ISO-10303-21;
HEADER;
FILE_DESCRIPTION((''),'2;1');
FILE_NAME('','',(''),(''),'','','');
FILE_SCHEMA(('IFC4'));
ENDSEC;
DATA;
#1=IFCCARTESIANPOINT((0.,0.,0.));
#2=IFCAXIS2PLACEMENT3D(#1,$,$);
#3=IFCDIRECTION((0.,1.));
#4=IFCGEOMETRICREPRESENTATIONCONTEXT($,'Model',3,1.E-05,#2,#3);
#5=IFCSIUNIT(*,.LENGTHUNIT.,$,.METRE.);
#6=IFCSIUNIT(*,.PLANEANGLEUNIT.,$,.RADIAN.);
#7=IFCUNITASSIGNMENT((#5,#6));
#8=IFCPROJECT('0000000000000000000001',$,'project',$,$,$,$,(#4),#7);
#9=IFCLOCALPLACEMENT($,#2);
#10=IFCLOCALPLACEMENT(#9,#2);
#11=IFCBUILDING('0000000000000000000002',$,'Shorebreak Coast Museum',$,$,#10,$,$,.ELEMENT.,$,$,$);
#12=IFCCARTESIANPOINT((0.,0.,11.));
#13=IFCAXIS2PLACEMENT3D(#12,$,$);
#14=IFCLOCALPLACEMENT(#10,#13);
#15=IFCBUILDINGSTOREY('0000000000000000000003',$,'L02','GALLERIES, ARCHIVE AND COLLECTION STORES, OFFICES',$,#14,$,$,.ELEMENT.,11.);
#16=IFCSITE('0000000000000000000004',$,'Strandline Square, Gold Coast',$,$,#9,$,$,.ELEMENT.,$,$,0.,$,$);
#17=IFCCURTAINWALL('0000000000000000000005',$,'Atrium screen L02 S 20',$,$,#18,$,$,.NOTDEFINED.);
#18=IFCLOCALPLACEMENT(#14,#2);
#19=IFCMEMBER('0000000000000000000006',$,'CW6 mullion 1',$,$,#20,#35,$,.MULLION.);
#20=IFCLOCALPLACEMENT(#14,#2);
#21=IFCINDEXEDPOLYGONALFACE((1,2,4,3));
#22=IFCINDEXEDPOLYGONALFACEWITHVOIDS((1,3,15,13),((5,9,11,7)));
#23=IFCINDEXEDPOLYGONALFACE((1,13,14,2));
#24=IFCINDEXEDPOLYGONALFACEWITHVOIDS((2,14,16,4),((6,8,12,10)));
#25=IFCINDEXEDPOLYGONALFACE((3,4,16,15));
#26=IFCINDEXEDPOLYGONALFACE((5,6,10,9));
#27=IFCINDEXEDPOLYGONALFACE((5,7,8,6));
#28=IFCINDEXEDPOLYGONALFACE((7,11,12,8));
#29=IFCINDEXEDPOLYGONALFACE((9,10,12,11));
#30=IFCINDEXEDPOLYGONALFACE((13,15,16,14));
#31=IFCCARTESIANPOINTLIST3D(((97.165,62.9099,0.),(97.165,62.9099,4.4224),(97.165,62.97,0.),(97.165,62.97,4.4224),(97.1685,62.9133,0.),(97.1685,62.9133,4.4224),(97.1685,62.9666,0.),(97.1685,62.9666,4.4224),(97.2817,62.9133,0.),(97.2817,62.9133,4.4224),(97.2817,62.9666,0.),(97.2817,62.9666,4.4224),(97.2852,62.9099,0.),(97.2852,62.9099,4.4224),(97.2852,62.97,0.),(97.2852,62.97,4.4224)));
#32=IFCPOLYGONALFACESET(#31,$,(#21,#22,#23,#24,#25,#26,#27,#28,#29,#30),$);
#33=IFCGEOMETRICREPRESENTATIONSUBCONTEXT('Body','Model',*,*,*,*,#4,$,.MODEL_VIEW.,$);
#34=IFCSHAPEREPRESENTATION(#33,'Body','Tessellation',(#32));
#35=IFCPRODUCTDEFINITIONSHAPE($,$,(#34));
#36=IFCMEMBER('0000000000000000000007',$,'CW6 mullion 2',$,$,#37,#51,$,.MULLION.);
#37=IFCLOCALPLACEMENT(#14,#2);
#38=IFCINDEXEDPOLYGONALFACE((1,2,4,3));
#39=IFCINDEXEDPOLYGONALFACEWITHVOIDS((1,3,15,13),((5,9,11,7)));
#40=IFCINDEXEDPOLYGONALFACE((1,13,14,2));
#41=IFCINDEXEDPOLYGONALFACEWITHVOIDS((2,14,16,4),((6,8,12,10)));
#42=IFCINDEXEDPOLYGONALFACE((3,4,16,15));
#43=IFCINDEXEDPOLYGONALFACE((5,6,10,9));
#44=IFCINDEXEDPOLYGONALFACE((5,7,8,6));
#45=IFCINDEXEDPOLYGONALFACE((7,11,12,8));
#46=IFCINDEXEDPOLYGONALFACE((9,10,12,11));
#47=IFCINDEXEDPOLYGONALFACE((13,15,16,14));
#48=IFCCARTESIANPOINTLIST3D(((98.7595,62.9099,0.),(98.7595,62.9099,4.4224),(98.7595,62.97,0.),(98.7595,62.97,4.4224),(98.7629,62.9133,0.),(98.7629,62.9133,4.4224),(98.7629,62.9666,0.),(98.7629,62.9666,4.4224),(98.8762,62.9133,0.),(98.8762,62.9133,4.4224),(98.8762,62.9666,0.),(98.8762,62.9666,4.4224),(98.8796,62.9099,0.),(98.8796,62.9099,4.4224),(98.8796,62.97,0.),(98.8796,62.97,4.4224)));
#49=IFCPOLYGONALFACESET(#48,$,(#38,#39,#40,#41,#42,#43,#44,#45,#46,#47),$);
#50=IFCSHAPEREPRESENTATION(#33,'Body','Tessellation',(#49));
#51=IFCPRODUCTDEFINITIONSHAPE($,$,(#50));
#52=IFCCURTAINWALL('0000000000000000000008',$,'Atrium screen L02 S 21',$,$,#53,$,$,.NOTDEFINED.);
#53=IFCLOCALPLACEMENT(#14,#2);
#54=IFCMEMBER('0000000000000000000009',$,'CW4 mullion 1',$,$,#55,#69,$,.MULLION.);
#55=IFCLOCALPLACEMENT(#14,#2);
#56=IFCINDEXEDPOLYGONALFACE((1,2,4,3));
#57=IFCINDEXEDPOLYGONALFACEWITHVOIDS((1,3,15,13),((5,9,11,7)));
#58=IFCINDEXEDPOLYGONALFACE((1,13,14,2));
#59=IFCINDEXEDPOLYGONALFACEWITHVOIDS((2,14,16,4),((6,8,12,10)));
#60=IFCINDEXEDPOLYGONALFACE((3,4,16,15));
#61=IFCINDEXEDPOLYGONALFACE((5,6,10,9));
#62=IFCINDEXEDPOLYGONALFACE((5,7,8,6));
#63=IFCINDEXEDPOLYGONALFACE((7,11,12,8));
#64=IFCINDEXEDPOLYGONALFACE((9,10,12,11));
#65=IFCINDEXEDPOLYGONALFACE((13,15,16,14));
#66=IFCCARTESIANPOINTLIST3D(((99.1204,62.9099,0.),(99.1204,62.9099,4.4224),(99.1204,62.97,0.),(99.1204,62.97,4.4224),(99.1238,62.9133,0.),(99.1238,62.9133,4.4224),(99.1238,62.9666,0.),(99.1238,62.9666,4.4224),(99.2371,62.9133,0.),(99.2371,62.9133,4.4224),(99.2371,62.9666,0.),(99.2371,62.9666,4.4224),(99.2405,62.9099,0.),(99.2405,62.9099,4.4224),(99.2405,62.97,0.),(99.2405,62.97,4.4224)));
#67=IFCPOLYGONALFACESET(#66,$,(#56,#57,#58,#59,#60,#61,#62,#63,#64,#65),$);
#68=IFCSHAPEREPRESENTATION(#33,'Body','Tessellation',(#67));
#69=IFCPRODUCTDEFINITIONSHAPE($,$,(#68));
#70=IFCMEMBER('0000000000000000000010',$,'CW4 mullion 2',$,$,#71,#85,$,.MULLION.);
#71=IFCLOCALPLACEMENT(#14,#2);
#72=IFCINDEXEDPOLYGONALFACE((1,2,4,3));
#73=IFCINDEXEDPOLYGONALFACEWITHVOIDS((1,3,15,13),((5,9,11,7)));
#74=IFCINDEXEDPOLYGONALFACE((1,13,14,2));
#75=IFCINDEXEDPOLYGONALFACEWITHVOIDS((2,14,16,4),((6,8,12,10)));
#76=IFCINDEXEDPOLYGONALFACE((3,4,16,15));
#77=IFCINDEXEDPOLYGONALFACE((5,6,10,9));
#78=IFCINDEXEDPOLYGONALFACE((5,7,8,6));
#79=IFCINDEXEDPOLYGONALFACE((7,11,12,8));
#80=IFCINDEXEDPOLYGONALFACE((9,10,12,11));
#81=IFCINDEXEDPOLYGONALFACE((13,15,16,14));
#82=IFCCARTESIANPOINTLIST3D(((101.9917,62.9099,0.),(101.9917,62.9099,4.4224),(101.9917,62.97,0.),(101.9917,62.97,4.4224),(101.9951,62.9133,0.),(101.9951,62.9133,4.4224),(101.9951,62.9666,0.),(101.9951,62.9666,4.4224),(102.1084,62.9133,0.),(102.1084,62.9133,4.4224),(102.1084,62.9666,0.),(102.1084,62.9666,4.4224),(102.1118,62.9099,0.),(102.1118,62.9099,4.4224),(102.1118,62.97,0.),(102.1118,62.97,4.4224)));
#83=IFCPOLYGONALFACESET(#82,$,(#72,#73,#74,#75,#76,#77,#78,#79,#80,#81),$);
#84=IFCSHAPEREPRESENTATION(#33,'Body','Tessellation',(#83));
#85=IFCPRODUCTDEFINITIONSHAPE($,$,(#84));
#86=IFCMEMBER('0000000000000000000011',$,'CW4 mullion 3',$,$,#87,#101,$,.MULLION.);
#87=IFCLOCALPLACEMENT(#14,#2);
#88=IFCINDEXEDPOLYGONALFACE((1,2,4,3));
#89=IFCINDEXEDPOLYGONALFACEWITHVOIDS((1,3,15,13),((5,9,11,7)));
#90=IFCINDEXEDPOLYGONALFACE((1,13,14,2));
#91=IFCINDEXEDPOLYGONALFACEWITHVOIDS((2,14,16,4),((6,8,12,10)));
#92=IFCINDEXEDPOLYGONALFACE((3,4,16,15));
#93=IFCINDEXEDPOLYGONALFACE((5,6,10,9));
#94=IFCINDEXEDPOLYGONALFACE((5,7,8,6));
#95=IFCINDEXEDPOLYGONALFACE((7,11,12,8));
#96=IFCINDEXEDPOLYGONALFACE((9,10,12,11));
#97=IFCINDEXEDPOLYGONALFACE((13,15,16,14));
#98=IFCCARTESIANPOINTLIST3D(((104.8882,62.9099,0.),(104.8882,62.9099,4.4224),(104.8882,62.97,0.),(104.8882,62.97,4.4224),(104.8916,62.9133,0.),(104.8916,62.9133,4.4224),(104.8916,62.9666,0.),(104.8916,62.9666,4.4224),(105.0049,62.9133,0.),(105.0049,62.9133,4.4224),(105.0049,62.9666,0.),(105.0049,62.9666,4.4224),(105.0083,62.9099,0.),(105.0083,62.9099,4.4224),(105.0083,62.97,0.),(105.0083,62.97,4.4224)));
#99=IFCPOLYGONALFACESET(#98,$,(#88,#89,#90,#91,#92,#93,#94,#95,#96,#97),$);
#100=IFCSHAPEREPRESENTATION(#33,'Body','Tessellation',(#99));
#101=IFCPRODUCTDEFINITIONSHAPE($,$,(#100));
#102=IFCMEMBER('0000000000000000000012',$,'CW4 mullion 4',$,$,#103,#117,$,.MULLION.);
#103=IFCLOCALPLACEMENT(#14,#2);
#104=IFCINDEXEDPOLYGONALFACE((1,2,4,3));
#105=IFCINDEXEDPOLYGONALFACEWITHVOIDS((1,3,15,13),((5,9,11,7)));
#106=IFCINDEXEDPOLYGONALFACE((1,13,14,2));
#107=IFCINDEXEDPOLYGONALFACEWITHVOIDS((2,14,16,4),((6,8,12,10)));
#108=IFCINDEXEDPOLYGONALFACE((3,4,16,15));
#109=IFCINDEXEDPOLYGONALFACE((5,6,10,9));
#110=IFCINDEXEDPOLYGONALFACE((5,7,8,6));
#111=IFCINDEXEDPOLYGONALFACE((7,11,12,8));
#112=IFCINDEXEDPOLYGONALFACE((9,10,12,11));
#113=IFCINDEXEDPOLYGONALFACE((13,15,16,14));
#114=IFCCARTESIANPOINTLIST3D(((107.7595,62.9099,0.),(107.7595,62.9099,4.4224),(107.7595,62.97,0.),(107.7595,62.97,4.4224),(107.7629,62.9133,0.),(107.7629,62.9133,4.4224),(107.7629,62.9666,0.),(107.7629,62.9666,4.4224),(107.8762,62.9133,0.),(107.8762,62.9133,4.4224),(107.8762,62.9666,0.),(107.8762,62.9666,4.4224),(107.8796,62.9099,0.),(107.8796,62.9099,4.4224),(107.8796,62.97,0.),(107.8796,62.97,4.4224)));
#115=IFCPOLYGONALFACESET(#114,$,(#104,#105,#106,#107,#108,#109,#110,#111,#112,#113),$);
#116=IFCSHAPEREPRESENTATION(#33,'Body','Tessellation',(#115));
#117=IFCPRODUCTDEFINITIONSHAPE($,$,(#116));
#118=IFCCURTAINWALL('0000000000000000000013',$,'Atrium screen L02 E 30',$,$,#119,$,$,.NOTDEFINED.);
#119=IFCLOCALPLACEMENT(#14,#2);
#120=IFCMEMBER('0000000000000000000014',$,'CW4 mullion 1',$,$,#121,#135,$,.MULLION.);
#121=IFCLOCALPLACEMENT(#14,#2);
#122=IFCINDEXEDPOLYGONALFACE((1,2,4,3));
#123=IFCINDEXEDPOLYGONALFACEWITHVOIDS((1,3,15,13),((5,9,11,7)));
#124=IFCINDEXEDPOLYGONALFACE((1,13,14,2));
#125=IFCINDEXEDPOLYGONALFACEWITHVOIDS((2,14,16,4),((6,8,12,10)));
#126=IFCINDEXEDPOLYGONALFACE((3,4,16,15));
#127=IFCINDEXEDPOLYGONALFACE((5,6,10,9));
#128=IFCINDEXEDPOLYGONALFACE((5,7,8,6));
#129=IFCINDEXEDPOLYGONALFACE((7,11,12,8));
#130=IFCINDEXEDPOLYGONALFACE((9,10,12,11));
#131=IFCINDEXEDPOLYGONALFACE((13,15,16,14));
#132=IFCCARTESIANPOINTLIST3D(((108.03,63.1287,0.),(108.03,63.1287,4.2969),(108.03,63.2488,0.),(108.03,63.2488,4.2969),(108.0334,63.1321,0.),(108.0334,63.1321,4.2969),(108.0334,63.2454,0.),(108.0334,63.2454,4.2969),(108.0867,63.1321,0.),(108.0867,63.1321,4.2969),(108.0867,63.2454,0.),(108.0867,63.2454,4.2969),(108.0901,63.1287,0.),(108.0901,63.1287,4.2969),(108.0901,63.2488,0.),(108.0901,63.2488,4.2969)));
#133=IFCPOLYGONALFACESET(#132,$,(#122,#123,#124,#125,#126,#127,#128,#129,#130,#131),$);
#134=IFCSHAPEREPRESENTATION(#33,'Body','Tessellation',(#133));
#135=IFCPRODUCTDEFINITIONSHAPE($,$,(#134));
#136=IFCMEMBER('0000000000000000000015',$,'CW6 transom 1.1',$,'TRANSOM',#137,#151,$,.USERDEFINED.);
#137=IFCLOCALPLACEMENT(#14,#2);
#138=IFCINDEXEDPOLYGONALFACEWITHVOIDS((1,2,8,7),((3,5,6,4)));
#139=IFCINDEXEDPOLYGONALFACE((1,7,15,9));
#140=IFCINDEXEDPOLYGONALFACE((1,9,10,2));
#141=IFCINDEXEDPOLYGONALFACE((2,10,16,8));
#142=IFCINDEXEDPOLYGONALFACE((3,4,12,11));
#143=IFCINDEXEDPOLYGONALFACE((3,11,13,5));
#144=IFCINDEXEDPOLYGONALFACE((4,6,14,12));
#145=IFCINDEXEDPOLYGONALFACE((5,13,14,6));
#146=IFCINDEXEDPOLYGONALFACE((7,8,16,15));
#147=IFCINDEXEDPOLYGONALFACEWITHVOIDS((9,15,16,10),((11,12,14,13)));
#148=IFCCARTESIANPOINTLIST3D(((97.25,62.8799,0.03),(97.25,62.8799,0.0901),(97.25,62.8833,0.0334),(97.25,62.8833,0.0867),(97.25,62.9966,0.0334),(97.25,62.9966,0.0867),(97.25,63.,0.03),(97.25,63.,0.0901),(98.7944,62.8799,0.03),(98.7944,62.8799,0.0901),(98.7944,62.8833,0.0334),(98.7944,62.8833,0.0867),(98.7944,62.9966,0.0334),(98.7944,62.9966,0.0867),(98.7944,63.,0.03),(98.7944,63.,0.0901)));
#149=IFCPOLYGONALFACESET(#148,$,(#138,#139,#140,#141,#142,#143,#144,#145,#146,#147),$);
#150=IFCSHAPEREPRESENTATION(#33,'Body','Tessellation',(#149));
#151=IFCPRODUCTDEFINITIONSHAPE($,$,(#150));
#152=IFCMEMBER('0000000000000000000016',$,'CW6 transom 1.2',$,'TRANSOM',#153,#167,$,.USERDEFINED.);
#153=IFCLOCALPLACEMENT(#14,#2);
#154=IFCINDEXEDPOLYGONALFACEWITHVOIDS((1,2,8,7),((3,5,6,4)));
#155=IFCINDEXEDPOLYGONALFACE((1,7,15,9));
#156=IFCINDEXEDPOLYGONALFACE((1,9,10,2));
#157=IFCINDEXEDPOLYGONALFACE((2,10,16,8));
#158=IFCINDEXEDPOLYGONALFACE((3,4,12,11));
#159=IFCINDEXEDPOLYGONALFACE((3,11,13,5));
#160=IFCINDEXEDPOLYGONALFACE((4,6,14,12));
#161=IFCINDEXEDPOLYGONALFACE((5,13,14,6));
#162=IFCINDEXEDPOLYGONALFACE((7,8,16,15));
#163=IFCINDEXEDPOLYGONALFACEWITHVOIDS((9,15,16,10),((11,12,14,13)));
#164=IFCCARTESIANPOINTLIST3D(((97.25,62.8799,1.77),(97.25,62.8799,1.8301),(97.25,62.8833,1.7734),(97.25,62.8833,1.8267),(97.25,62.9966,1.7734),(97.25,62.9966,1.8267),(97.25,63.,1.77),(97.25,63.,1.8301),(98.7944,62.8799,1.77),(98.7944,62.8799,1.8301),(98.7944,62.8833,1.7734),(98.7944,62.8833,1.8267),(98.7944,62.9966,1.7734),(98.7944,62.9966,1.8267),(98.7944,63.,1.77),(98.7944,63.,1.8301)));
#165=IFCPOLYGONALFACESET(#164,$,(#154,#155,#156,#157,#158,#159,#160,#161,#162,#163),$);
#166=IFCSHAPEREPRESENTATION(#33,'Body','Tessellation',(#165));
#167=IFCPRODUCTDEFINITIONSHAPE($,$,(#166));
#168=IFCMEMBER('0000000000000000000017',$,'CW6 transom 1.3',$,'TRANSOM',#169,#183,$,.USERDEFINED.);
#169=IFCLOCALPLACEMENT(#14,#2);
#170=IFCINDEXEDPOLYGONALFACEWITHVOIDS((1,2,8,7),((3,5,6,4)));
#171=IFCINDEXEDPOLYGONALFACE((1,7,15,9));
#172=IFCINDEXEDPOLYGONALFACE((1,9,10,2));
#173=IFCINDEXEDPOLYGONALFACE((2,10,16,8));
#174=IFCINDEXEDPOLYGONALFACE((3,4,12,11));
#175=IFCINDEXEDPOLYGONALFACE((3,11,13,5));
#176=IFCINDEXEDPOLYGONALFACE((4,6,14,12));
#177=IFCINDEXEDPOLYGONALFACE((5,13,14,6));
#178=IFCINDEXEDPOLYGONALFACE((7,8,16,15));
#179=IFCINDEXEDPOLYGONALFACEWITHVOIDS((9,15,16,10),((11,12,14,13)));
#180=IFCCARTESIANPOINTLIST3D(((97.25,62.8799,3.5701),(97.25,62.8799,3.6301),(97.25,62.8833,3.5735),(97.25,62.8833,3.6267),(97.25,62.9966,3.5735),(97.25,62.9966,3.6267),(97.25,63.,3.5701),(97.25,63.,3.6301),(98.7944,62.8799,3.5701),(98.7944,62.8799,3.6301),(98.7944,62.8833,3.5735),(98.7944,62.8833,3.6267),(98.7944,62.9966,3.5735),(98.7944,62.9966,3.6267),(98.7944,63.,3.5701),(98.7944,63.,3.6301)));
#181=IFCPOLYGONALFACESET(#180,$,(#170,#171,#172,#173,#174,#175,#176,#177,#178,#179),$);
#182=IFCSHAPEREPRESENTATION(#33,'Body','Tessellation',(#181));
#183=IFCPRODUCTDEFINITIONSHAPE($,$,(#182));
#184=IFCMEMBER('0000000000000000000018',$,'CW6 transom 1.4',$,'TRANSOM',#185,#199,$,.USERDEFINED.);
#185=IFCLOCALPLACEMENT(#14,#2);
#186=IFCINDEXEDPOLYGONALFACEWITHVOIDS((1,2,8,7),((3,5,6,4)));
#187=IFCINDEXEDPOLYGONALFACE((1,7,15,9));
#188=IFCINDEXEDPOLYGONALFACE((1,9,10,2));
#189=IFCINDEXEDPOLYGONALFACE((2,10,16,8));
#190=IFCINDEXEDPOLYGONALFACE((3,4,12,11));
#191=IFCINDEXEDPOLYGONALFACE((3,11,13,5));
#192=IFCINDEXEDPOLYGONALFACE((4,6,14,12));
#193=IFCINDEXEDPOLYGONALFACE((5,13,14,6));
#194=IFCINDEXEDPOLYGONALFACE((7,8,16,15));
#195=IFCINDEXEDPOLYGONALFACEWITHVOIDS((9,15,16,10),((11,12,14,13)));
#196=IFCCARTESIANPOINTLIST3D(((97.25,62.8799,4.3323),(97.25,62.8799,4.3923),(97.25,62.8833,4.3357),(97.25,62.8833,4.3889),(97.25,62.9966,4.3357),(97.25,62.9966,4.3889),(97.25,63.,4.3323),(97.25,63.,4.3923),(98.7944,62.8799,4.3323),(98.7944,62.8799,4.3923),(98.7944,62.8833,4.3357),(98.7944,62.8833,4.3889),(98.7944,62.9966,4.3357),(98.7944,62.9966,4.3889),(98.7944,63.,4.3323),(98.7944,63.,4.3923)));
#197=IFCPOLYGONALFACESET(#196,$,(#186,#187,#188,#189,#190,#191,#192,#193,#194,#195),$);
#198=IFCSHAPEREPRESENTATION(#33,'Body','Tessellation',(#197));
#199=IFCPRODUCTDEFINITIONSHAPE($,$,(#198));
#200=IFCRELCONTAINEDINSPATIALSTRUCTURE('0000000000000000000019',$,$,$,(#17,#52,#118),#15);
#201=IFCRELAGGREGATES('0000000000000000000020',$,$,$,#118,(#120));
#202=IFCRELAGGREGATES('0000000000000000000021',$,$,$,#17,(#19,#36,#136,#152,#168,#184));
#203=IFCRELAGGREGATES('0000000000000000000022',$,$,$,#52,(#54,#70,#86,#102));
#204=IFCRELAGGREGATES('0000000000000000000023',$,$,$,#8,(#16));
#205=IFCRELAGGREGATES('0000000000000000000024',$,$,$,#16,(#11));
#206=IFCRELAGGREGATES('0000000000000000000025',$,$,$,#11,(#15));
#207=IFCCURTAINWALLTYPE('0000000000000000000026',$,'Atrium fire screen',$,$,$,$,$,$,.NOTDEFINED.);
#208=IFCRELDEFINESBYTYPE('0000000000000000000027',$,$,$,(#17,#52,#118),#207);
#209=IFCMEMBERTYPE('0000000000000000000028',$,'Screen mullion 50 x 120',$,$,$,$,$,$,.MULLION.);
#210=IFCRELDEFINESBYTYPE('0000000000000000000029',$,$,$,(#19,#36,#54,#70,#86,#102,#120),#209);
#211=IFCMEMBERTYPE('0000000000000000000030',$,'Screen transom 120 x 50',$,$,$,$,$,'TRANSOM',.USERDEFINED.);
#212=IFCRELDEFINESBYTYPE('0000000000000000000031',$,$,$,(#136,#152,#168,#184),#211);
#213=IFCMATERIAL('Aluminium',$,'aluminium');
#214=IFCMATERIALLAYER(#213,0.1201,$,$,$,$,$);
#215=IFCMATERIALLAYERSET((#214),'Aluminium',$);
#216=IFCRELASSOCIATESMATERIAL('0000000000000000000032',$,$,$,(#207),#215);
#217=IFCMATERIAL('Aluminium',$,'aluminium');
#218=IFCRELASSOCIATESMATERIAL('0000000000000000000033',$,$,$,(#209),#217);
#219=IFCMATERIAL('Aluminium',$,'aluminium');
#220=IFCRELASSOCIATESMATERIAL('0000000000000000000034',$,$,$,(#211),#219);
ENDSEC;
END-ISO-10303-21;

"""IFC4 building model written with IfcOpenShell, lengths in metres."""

from ifc_helpers import new_model, si_unit, direction, frame, origin, origin_2d, place, context, subcontext, project, spatial, hollow_rectangle, extrude, material, layer, layer_set, material_profile, profile_set, type_object, element, aggregate, save


model = new_model("IFC4")

# Units and contexts
model_context = context("Model", 3, precision=1e-05, world=origin(), true_north=direction((0.0, 1.0)))
body_context = subcontext(model_context, "Body", "Model", "MODEL_VIEW")
ifc_project = project(units=[si_unit("LENGTHUNIT", "METRE"), si_unit("PLANEANGLEUNIT", "RADIAN")], contexts=[model_context])

# Site, building, storey
site_placement = place(None, origin())
site = spatial("IfcSite", under=ifc_project, at=site_placement, Name="Strandline Square, Gold Coast", CompositionType="ELEMENT", RefElevation=0.0)
building_placement = place(site_placement, origin())
building = spatial("IfcBuilding", under=site, at=building_placement, Name="Shorebreak Coast Museum", CompositionType="ELEMENT")
storey_placement = place(building_placement, frame((0.0, 0.0, 11.0)))
storey = spatial("IfcBuildingStorey", under=building, at=storey_placement, Name="L02", Description="GALLERIES, ARCHIVE AND COLLECTION STORES, OFFICES", CompositionType="ELEMENT", Elevation=11.0)

# Curtain walls, members
ifc_material_1 = material(Name="Aluminium", Category="aluminium")
ifc_layer_1 = layer(ifc_material_1, 0.1201)
ifc_layer_set_1 = layer_set([ifc_layer_1], Name="Aluminium")
curtain_wall_type = type_object("IfcCurtainWallType", Name="Atrium fire screen", PredefinedType="NOTDEFINED", material=ifc_layer_set_1)
curtain_wall_1_placement = place(storey_placement, origin())
curtain_wall_1 = element("IfcCurtainWall", 1, at=curtain_wall_1_placement, inside=storey, type_object=curtain_wall_type, Name="Atrium screen L02 S 20", PredefinedType="NOTDEFINED")
ifc_material_2 = material(Name="Aluminium", Category="aluminium")
ifc_material_profile_1 = material_profile(ifc_material_2, hollow_rectangle(XDim=0.0601, YDim=0.1201, WallThickness=0.0034, at=origin_2d()), Name="AL 120x60 RHS")
ifc_profile_set_1 = profile_set([ifc_material_profile_1], Name="Aluminium")
member_type_1 = type_object("IfcMemberType", Name="Screen mullion 50 x 120", PredefinedType="MULLION", material=ifc_profile_set_1)
member_1_placement = place(storey_placement, frame((97.2251, 62.9399, 0.0), z_axis=(0.0, 0.0, 1.0), x_axis=(0.0, 1.0, 0.0)))
member_1 = element("IfcMember", 2, at=member_1_placement, type_object=member_type_1, Name="CW6 mullion 1", PredefinedType="MULLION", context=body_context, shape_type="SweptSolid", body=[
    extrude(hollow_rectangle(XDim=0.0601, YDim=0.1201, WallThickness=0.0034, at=origin_2d()), origin(), (0.0, 0.0, 1.0), 4.4224),
])
member_2_placement = place(storey_placement, frame((98.8196, 62.9399, 0.0), z_axis=(0.0, 0.0, 1.0), x_axis=(0.0, 1.0, 0.0)))
member_2 = element("IfcMember", 3, at=member_2_placement, type_object=member_type_1, Name="CW6 mullion 2", PredefinedType="MULLION", context=body_context, shape_type="SweptSolid", body=[
    extrude(hollow_rectangle(XDim=0.0601, YDim=0.1201, WallThickness=0.0034, at=origin_2d()), origin(), (0.0, 0.0, 1.0), 4.4224),
])
curtain_wall_2_placement = place(storey_placement, origin())
curtain_wall_2 = element("IfcCurtainWall", 4, at=curtain_wall_2_placement, inside=storey, type_object=curtain_wall_type, Name="Atrium screen L02 S 21", PredefinedType="NOTDEFINED")
member_3_placement = place(storey_placement, frame((99.1804, 62.9399, 0.0), z_axis=(0.0, 0.0, 1.0), x_axis=(0.0, 1.0, 0.0)))
member_3 = element("IfcMember", 5, at=member_3_placement, type_object=member_type_1, Name="CW4 mullion 1", PredefinedType="MULLION", context=body_context, shape_type="SweptSolid", body=[
    extrude(hollow_rectangle(XDim=0.0601, YDim=0.1201, WallThickness=0.0034, at=origin_2d()), origin(), (0.0, 0.0, 1.0), 4.4224),
])
member_4_placement = place(storey_placement, frame((102.0518, 62.9399, 0.0), z_axis=(0.0, 0.0, 1.0), x_axis=(0.0, 1.0, 0.0)))
member_4 = element("IfcMember", 6, at=member_4_placement, type_object=member_type_1, Name="CW4 mullion 2", PredefinedType="MULLION", context=body_context, shape_type="SweptSolid", body=[
    extrude(hollow_rectangle(XDim=0.0601, YDim=0.1201, WallThickness=0.0034, at=origin_2d()), origin(), (0.0, 0.0, 1.0), 4.4224),
])
member_5_placement = place(storey_placement, frame((104.9482, 62.9399, 0.0), z_axis=(0.0, 0.0, 1.0), x_axis=(0.0, 1.0, 0.0)))
member_5 = element("IfcMember", 7, at=member_5_placement, type_object=member_type_1, Name="CW4 mullion 3", PredefinedType="MULLION", context=body_context, shape_type="SweptSolid", body=[
    extrude(hollow_rectangle(XDim=0.0601, YDim=0.1201, WallThickness=0.0034, at=origin_2d()), origin(), (0.0, 0.0, 1.0), 4.4224),
])
member_6_placement = place(storey_placement, frame((107.8196, 62.9399, 0.0), z_axis=(0.0, 0.0, 1.0), x_axis=(0.0, 1.0, 0.0)))
member_6 = element("IfcMember", 8, at=member_6_placement, type_object=member_type_1, Name="CW4 mullion 4", PredefinedType="MULLION", context=body_context, shape_type="SweptSolid", body=[
    extrude(hollow_rectangle(XDim=0.0601, YDim=0.1201, WallThickness=0.0034, at=origin_2d()), origin(), (0.0, 0.0, 1.0), 4.4224),
])

# Curtain wall, member
curtain_wall_3_placement = place(storey_placement, origin())
curtain_wall_3 = element("IfcCurtainWall", 9, at=curtain_wall_3_placement, inside=storey, type_object=curtain_wall_type, Name="Atrium screen L02 E 30", PredefinedType="NOTDEFINED")
member_7_placement = place(storey_placement, frame((108.0601, 63.1887, 0.0), z_axis=(0.0, 0.0, 1.0), x_axis=(-1.0, 0.0, 0.0)))
member_7 = element("IfcMember", 10, at=member_7_placement, type_object=member_type_1, Name="CW4 mullion 1", PredefinedType="MULLION", context=body_context, shape_type="SweptSolid", body=[
    extrude(hollow_rectangle(XDim=0.0601, YDim=0.1201, WallThickness=0.0034, at=origin_2d()), origin(), (0.0, 0.0, 1.0), 4.2969),
])
aggregate(curtain_wall_3, [member_7])

# Members
ifc_material_3 = material(Name="Aluminium", Category="aluminium")
ifc_material_profile_2 = material_profile(ifc_material_3, hollow_rectangle(XDim=0.1201, YDim=0.0601, WallThickness=0.0034, at=origin_2d()), Name="AL 60x120 RHS")
ifc_profile_set_2 = profile_set([ifc_material_profile_2], Name="Aluminium")
member_type_2 = type_object("IfcMemberType", Name="Screen transom 120 x 50", ElementType="TRANSOM", PredefinedType="USERDEFINED", material=ifc_profile_set_2)
member_8_placement = place(storey_placement, frame((97.25, 62.9399, 0.0601), z_axis=(1.0, 0.0, 0.0), x_axis=(0.0, 1.0, 0.0)))
member_8 = element("IfcMember", 11, at=member_8_placement, type_object=member_type_2, Name="CW6 transom 1.1", ObjectType="TRANSOM", PredefinedType="USERDEFINED", context=body_context, shape_type="SweptSolid", body=[
    extrude(hollow_rectangle(XDim=0.1201, YDim=0.0601, WallThickness=0.0034, at=origin_2d()), origin(), (0.0, 0.0, 1.0), 1.5444),
])
member_9_placement = place(storey_placement, frame((97.25, 62.9399, 1.8), z_axis=(1.0, 0.0, 0.0), x_axis=(0.0, 1.0, 0.0)))
member_9 = element("IfcMember", 12, at=member_9_placement, type_object=member_type_2, Name="CW6 transom 1.2", ObjectType="TRANSOM", PredefinedType="USERDEFINED", context=body_context, shape_type="SweptSolid", body=[
    extrude(hollow_rectangle(XDim=0.1201, YDim=0.0601, WallThickness=0.0034, at=origin_2d()), origin(), (0.0, 0.0, 1.0), 1.5444),
])
member_10_placement = place(storey_placement, frame((97.25, 62.9399, 3.6001), z_axis=(1.0, 0.0, 0.0), x_axis=(0.0, 1.0, 0.0)))
member_10 = element("IfcMember", 13, at=member_10_placement, type_object=member_type_2, Name="CW6 transom 1.3", ObjectType="TRANSOM", PredefinedType="USERDEFINED", context=body_context, shape_type="SweptSolid", body=[
    extrude(hollow_rectangle(XDim=0.1201, YDim=0.0601, WallThickness=0.0034, at=origin_2d()), origin(), (0.0, 0.0, 1.0), 1.5444),
])
member_11_placement = place(storey_placement, frame((97.25, 62.9399, 4.3623), z_axis=(1.0, 0.0, 0.0), x_axis=(0.0, 1.0, 0.0)))
member_11 = element("IfcMember", 14, at=member_11_placement, type_object=member_type_2, Name="CW6 transom 1.4", ObjectType="TRANSOM", PredefinedType="USERDEFINED", context=body_context, shape_type="SweptSolid", body=[
    extrude(hollow_rectangle(XDim=0.1201, YDim=0.0601, WallThickness=0.0034, at=origin_2d()), origin(), (0.0, 0.0, 1.0), 1.5444),
])

aggregate(curtain_wall_1, [member_1, member_2, member_8, member_9, member_10, member_11])
aggregate(curtain_wall_2, [member_3, member_4, member_5, member_6])

save(model, "model.ifc")
